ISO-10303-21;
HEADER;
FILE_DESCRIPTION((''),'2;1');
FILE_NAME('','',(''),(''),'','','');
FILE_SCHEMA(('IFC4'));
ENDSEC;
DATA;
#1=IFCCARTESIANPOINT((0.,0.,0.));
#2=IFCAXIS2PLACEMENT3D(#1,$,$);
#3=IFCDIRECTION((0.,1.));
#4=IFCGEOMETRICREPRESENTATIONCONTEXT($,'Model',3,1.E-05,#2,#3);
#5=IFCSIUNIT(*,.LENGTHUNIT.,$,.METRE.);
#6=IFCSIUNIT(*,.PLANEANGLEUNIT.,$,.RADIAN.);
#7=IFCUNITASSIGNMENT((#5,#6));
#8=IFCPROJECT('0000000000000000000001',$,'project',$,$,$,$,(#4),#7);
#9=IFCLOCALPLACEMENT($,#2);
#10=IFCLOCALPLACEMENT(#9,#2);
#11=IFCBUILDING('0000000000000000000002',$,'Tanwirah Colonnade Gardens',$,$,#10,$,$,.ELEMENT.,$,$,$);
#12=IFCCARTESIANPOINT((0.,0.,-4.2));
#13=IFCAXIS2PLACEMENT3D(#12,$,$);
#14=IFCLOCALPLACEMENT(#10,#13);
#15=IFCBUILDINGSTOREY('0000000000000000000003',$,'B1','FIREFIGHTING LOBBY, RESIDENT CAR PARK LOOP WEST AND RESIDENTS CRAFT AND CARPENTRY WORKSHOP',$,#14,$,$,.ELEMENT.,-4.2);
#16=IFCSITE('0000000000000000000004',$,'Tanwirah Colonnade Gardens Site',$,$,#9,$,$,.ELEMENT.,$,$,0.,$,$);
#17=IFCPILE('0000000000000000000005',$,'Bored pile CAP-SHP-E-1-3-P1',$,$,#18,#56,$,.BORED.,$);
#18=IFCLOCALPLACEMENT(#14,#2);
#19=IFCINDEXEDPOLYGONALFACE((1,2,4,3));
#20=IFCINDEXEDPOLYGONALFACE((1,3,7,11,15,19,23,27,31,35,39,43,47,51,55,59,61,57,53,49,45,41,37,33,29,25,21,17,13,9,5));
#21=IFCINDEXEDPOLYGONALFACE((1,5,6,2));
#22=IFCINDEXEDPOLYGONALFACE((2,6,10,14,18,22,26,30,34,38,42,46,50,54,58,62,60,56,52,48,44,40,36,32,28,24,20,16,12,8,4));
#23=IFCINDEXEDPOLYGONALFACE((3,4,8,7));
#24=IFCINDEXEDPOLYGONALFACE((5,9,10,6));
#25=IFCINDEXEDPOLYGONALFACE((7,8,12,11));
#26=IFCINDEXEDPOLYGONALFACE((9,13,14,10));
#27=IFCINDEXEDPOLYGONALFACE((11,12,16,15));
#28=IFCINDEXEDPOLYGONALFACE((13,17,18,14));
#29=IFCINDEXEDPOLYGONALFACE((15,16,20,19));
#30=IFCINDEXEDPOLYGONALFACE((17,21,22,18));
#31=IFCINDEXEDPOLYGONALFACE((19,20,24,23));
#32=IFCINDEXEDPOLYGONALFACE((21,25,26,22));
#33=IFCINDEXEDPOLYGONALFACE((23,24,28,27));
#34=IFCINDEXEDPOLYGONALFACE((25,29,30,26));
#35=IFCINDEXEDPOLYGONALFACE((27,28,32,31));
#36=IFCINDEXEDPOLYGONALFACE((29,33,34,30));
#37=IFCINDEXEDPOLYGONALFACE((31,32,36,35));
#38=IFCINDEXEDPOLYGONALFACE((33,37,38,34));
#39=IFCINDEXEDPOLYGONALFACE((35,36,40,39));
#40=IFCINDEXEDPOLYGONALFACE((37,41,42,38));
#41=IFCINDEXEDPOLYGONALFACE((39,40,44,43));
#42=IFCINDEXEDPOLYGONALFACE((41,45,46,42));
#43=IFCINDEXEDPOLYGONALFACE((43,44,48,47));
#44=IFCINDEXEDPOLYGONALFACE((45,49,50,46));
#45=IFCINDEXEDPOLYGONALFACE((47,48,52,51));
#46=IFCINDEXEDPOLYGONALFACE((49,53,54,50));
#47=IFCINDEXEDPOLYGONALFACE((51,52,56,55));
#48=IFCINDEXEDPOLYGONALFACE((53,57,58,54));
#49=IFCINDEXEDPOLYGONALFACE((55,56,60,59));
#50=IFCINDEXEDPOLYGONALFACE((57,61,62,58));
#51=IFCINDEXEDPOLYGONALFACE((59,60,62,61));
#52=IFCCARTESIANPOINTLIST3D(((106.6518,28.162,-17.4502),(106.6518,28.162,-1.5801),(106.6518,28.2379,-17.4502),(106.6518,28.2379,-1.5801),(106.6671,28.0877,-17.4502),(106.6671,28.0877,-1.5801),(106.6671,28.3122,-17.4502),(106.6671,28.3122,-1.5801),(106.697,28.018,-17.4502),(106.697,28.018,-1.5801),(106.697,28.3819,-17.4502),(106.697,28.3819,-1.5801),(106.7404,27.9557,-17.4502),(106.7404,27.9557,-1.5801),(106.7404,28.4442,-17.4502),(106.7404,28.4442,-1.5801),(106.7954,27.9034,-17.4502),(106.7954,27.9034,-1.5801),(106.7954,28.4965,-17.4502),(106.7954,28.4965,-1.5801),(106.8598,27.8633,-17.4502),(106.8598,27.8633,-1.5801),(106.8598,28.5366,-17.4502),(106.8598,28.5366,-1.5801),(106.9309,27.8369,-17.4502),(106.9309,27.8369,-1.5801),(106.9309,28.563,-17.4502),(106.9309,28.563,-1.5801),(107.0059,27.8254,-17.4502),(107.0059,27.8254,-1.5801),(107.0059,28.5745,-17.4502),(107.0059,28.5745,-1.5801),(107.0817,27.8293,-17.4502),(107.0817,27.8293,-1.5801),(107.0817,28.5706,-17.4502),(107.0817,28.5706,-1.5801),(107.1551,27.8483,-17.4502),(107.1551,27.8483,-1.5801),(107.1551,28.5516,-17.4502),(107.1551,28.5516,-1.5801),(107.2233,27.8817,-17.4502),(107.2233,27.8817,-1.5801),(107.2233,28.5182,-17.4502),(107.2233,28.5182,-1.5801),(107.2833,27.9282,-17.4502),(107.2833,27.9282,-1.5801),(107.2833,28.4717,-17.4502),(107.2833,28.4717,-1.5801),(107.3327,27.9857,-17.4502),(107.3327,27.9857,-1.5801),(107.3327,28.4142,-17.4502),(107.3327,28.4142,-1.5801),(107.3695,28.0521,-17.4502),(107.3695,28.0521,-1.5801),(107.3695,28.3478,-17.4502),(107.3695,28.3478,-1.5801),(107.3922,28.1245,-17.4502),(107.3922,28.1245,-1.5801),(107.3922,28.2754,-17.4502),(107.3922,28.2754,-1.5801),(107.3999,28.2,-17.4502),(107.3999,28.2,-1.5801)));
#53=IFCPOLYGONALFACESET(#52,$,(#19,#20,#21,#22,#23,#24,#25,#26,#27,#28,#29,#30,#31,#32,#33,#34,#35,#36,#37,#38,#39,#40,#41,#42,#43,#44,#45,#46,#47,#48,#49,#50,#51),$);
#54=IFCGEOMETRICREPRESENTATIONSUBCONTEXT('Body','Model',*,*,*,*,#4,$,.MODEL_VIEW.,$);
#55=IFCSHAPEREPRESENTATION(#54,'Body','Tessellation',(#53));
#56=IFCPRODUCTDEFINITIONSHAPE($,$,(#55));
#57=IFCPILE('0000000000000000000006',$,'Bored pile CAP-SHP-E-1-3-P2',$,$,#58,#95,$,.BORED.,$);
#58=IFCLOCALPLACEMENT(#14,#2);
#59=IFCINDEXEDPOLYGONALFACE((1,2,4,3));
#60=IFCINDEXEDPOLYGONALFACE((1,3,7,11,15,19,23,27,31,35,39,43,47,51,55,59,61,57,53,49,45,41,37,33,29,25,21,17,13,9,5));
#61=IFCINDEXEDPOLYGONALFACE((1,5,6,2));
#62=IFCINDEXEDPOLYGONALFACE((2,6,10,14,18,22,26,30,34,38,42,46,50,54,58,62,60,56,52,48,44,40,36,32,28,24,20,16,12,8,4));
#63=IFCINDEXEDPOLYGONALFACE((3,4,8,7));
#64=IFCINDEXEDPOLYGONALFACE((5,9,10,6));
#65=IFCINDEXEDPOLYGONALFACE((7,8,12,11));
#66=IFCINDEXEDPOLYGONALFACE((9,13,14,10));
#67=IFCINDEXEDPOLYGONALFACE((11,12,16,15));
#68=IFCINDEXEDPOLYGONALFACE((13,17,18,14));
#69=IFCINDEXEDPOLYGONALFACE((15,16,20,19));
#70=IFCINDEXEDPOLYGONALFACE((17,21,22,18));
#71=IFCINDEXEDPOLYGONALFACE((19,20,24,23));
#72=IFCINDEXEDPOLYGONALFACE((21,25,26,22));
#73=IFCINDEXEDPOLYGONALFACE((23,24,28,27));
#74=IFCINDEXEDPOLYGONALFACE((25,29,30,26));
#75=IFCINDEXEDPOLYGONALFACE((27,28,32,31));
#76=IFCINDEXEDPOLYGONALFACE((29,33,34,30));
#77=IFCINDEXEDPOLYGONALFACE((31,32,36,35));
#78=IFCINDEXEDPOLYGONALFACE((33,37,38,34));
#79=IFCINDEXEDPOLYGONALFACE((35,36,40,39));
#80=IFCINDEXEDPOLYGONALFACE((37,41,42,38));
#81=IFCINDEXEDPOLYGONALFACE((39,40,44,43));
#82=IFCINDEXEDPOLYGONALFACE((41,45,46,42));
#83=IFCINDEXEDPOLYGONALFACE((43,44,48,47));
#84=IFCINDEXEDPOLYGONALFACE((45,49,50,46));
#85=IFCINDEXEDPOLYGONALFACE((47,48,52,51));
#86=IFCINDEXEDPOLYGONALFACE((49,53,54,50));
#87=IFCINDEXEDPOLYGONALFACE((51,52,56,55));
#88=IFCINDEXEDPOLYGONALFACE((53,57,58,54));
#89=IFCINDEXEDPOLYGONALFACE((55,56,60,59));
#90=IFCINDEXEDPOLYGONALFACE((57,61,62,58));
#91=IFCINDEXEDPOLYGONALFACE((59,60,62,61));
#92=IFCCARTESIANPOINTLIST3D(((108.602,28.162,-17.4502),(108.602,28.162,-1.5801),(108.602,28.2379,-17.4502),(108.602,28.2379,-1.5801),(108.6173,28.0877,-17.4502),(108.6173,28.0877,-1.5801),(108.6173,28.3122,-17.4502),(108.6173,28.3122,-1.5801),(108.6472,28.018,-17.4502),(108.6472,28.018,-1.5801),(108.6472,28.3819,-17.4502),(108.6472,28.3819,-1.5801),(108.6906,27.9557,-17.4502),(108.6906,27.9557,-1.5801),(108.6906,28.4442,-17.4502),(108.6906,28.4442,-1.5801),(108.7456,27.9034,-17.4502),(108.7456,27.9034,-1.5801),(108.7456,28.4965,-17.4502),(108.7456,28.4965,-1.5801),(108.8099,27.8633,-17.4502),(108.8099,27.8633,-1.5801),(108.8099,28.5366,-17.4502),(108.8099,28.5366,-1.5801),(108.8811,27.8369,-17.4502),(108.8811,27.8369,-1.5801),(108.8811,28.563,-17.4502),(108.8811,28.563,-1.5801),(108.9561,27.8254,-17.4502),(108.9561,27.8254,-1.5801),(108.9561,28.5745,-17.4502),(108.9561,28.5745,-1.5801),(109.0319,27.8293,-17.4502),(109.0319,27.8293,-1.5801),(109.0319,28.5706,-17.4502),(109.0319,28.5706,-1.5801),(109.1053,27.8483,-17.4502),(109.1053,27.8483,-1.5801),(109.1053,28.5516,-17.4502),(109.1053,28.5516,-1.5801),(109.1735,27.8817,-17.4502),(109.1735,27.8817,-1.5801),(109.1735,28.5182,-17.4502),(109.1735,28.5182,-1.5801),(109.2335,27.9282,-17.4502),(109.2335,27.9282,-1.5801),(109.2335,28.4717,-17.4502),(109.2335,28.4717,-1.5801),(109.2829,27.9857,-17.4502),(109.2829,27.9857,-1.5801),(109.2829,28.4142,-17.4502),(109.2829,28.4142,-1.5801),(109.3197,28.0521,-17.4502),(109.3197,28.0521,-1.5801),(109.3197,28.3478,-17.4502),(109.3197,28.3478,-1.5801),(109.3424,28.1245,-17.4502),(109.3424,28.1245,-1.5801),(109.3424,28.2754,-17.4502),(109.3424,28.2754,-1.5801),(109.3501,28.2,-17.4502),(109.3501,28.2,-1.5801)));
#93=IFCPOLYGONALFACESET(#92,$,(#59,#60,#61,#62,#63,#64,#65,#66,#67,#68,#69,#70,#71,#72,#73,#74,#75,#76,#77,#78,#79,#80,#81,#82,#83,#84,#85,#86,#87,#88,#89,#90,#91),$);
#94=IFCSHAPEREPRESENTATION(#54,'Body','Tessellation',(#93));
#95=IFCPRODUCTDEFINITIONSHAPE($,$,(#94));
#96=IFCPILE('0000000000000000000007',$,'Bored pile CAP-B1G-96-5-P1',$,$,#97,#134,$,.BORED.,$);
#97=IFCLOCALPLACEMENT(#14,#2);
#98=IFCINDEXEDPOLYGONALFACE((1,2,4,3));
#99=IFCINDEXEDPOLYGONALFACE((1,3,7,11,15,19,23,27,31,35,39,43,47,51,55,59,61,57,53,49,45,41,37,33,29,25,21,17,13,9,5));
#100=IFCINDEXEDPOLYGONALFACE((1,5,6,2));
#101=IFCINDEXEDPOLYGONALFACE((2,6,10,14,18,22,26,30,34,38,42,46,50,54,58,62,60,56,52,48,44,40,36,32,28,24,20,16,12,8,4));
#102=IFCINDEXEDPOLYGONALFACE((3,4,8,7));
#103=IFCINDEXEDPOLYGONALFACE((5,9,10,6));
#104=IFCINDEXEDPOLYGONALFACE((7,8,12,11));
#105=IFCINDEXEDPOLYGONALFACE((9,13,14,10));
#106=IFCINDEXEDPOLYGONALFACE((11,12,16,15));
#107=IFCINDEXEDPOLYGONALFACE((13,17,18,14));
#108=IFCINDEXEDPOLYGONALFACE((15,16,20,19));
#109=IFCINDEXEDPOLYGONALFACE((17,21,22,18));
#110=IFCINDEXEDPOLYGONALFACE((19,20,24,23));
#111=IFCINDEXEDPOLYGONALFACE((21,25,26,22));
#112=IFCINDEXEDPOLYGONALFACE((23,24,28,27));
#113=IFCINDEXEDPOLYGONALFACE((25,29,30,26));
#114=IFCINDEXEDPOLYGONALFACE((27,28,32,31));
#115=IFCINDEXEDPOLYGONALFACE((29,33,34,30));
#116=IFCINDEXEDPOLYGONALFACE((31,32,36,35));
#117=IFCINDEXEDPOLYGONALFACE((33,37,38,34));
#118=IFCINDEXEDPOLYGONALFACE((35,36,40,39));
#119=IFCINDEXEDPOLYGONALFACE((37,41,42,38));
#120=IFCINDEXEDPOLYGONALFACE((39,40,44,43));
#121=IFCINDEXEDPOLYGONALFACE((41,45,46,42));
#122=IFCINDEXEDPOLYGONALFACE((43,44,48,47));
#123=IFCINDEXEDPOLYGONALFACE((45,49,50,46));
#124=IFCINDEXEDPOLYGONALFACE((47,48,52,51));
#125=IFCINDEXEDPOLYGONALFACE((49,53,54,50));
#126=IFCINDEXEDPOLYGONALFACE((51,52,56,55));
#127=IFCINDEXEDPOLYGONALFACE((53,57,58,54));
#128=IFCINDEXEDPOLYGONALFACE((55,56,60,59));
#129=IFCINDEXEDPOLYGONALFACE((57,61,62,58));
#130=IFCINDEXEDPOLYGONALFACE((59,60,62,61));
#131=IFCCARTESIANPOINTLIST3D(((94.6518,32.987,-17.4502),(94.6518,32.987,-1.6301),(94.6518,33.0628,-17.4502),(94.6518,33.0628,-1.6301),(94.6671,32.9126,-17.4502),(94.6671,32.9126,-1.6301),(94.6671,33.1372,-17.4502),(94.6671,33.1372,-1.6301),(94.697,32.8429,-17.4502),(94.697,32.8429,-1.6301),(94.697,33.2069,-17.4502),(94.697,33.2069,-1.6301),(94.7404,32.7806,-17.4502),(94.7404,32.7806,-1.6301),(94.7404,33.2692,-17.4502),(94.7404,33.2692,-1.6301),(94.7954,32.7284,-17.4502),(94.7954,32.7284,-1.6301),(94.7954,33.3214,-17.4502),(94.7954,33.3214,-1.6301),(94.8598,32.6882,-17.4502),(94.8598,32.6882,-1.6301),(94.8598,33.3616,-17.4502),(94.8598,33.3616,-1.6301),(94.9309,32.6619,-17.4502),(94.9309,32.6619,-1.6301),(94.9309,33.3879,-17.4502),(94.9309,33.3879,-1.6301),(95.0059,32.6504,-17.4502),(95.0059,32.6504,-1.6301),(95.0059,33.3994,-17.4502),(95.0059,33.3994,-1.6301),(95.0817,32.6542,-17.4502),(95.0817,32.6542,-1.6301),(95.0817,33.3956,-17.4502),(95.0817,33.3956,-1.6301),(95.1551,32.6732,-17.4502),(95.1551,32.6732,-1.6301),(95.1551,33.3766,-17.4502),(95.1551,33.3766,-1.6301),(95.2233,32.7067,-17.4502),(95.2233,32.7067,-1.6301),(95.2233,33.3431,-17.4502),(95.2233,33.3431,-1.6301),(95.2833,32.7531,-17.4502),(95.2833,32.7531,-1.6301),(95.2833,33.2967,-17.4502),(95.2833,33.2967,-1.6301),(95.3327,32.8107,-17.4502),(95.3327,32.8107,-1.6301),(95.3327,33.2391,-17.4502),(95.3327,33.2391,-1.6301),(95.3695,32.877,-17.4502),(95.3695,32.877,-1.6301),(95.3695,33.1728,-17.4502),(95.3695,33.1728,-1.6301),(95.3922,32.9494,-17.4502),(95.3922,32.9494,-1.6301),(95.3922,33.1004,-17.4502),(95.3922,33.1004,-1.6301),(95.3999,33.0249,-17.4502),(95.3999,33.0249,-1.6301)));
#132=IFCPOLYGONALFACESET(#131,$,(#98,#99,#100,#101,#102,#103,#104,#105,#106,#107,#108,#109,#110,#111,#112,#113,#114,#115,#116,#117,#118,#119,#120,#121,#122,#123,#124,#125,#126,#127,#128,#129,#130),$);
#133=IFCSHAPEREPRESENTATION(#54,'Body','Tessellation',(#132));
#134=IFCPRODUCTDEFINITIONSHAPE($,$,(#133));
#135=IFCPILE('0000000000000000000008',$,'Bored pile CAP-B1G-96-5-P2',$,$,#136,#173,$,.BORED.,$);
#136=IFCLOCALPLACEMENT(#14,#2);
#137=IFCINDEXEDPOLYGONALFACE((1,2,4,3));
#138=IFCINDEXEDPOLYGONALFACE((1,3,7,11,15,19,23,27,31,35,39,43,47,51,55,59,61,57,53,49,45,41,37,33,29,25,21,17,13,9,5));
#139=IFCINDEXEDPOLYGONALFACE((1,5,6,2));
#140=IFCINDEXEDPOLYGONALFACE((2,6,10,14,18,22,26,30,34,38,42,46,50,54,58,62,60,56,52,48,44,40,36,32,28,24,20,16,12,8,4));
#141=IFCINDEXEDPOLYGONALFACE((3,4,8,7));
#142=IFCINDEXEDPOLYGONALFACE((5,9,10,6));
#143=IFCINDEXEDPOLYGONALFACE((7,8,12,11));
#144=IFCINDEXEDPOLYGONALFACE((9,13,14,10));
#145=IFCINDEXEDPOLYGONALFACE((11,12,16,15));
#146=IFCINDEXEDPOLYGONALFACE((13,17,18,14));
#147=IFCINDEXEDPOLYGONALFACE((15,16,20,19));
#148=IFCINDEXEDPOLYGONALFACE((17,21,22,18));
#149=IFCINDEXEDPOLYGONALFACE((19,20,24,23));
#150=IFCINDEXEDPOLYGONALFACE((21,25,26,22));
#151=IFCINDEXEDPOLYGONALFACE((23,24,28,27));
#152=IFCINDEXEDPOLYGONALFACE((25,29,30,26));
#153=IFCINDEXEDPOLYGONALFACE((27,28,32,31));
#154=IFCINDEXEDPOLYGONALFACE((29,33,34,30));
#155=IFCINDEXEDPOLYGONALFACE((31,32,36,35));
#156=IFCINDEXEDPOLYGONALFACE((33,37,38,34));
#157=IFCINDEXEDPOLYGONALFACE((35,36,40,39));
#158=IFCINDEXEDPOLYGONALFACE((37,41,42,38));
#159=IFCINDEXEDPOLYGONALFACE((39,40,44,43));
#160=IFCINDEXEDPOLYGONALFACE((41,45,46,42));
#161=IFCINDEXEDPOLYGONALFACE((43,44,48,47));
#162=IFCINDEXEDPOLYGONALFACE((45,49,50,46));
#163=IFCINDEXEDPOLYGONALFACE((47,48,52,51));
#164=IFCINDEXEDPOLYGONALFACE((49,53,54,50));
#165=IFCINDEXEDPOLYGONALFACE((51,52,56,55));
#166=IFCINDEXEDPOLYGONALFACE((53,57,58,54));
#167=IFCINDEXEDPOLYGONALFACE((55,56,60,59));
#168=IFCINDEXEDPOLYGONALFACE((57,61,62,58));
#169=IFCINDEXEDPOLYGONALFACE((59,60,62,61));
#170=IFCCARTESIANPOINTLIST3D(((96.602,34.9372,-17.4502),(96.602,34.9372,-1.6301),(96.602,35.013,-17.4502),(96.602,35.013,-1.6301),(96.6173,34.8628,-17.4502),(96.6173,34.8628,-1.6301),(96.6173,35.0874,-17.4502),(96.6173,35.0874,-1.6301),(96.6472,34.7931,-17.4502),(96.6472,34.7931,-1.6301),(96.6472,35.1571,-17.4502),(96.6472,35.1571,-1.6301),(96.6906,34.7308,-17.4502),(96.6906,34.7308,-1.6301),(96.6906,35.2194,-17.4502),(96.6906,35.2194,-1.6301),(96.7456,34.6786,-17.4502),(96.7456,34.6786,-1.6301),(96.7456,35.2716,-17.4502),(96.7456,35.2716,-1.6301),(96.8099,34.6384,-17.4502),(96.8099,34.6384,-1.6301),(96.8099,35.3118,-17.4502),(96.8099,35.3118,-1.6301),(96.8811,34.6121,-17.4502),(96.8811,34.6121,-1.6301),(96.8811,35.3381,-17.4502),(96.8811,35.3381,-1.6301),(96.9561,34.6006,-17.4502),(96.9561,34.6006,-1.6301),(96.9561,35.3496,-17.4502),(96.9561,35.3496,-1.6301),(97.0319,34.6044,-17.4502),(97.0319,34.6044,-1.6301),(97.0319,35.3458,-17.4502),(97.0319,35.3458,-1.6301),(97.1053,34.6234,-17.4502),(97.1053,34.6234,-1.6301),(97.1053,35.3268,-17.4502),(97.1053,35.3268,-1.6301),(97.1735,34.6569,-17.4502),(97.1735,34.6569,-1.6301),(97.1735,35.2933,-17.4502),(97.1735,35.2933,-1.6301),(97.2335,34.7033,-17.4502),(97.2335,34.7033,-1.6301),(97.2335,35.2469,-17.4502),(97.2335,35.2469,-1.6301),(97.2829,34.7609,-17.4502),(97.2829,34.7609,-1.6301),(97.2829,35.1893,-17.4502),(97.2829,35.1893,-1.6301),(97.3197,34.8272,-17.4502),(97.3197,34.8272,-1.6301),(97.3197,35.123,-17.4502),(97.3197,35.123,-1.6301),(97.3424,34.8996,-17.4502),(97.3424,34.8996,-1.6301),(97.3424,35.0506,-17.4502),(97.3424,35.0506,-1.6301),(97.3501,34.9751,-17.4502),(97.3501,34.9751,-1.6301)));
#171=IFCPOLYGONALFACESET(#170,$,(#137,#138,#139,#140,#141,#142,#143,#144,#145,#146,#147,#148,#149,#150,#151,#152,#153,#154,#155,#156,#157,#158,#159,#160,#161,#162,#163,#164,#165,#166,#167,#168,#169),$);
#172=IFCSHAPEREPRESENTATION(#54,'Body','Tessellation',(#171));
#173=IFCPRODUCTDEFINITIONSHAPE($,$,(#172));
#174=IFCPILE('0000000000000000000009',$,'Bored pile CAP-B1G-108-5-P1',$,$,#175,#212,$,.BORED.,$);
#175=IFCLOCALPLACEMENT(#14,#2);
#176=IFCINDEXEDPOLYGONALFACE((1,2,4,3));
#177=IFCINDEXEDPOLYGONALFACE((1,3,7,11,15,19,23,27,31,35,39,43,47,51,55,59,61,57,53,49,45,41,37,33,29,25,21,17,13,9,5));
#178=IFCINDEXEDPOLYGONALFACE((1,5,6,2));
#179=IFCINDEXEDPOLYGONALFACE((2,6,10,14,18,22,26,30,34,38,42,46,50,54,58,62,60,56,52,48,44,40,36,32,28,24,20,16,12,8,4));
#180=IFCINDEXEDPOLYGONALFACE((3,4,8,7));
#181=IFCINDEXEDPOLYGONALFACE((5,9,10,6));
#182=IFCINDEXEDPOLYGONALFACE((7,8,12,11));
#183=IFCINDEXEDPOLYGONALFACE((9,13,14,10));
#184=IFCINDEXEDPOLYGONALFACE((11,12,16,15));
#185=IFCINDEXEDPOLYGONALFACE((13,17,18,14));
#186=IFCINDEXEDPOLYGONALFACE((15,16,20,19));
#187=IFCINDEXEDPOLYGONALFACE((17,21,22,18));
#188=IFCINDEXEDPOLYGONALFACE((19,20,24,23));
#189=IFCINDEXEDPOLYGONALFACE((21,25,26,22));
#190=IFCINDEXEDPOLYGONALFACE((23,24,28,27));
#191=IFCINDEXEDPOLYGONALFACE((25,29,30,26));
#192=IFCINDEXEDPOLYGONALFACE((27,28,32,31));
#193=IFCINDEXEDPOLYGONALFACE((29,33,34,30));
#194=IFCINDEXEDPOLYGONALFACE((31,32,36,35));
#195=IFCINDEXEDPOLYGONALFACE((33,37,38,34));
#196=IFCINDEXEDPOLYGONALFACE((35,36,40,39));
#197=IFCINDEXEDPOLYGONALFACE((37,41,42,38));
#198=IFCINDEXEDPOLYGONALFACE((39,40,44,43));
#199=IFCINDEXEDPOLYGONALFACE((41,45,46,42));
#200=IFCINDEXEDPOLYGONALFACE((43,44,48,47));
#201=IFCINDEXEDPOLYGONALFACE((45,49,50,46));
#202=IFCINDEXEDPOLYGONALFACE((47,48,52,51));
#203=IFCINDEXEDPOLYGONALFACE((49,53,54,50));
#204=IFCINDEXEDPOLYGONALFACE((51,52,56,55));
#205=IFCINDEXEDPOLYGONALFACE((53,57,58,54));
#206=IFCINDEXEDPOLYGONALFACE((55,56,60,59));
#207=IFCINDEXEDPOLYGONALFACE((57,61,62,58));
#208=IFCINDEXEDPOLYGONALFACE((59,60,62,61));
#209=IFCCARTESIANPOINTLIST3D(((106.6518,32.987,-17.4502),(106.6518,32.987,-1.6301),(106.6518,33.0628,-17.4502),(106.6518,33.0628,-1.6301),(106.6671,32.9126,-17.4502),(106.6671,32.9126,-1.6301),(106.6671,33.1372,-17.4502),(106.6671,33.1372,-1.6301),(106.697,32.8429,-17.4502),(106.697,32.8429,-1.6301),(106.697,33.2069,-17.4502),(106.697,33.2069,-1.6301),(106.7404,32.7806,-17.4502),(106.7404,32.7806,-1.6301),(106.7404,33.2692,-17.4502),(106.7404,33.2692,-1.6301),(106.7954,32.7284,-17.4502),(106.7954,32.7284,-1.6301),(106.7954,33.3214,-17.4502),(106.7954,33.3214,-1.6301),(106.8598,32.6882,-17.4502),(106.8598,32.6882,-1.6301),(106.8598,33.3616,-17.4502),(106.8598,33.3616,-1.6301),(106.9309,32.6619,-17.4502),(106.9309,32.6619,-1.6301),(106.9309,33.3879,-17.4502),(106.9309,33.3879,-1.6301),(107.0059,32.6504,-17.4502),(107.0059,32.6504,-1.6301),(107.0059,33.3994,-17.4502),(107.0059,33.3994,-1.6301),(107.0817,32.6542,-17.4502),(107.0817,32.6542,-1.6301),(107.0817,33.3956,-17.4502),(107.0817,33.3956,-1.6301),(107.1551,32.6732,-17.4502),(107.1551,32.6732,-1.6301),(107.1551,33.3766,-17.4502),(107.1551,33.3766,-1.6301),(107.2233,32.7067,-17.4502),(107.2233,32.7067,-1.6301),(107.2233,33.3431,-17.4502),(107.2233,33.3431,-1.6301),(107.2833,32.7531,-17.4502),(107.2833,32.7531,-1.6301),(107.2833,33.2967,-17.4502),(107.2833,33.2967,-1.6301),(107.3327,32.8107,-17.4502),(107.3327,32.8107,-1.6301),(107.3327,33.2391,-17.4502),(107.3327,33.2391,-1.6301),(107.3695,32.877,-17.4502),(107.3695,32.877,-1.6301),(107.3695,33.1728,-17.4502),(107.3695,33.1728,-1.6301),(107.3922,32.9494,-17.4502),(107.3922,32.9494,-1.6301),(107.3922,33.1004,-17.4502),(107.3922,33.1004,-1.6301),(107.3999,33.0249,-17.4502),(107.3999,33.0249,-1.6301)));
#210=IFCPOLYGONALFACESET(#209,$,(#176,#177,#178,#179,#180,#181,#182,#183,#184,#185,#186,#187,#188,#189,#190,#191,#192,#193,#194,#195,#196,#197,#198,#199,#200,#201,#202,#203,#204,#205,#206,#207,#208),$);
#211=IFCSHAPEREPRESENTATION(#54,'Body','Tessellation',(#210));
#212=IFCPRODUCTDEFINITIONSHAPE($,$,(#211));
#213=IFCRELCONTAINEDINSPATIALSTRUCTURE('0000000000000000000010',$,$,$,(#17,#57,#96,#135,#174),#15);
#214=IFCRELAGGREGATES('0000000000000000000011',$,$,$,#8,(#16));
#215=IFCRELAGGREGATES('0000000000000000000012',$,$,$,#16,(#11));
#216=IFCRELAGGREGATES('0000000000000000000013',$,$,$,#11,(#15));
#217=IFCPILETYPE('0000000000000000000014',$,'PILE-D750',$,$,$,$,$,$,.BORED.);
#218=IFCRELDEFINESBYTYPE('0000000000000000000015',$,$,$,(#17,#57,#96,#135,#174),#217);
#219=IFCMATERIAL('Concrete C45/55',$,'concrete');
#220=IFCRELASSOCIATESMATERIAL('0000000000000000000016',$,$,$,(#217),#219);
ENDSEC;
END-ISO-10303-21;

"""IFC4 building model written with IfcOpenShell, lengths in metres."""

from ifc_helpers import new_model, si_unit, direction, frame, origin, origin_2d, place, context, subcontext, project, spatial, circle, extrude, material, material_profile, profile_set, type_object, element, save


model = new_model("IFC4")

# Units and contexts
model_context = context("Model", 3, precision=1e-05, world=origin(), true_north=direction((0.0, 1.0)))
body_context = subcontext(model_context, "Body", "Model", "MODEL_VIEW")
ifc_project = project(units=[si_unit("LENGTHUNIT", "METRE"), si_unit("PLANEANGLEUNIT", "RADIAN")], contexts=[model_context])

# Site, building, storey
site_placement = place(None, origin())
site = spatial("IfcSite", under=ifc_project, at=site_placement, Name="Tanwirah Colonnade Gardens Site", CompositionType="ELEMENT", RefElevation=0.0)
building_placement = place(site_placement, origin())
building = spatial("IfcBuilding", under=site, at=building_placement, Name="Tanwirah Colonnade Gardens", CompositionType="ELEMENT")
storey_placement = place(building_placement, frame((0.0, 0.0, -4.2)))
storey = spatial("IfcBuildingStorey", under=building, at=storey_placement, Name="B1", Description="FIREFIGHTING LOBBY, RESIDENT CAR PARK LOOP WEST AND RESIDENTS CRAFT AND CARPENTRY WORKSHOP", CompositionType="ELEMENT", Elevation=-4.2)

# Shared definitions
ifc_material_1 = material(Name="Concrete C45/55", Category="concrete")

# Piles
ifc_material_profile_1 = material_profile(ifc_material_1, circle(Radius=0.375, at=origin_2d()), Name="PILE D750")
ifc_profile_set_1 = profile_set([ifc_material_profile_1], Name="Concrete C45/55")
pile_type_1 = type_object("IfcPileType", Name="PILE-D750", PredefinedType="BORED", material=ifc_profile_set_1)
for number, where, z_axis, x_axis, name in (
    (1, (107.0249, 28.2, -1.5801), (0.0, 0.0, -1.0), (1.0, 0.0, 0.0), "Bored pile CAP-SHP-E-1-3-P1"),
    (2, (108.9751, 28.2, -1.5801), (0.0, 0.0, -1.0), (1.0, 0.0, 0.0), "Bored pile CAP-SHP-E-1-3-P2"),
):
    element("IfcPile", number, at=place(storey_placement, frame(where, z_axis=z_axis, x_axis=x_axis)), inside=storey, type_object=pile_type_1, Name=name, PredefinedType="BORED", context=body_context, shape_type="SweptSolid", body=[
        extrude(circle(Radius=0.375, at=origin_2d()), origin(), (0.0, 0.0, 1.0), 15.8701),
    ])
for number, where, z_axis, x_axis, name in (
    (3, (95.0249, 33.0249, -1.6301), (0.0, 0.0, -1.0), (1.0, 0.0, 0.0), "Bored pile CAP-B1G-96-5-P1"),
    (4, (96.9751, 34.9751, -1.6301), (0.0, 0.0, -1.0), (1.0, 0.0, 0.0), "Bored pile CAP-B1G-96-5-P2"),
    (5, (107.0249, 33.0249, -1.6301), (0.0, 0.0, -1.0), (1.0, 0.0, 0.0), "Bored pile CAP-B1G-108-5-P1"),
):
    element("IfcPile", number, at=place(storey_placement, frame(where, z_axis=z_axis, x_axis=x_axis)), inside=storey, type_object=pile_type_1, Name=name, PredefinedType="BORED", context=body_context, shape_type="SweptSolid", body=[
        extrude(circle(Radius=0.375, at=origin_2d()), origin(), (0.0, 0.0, 1.0), 15.8201),
    ])

save(model, "model.ifc")
